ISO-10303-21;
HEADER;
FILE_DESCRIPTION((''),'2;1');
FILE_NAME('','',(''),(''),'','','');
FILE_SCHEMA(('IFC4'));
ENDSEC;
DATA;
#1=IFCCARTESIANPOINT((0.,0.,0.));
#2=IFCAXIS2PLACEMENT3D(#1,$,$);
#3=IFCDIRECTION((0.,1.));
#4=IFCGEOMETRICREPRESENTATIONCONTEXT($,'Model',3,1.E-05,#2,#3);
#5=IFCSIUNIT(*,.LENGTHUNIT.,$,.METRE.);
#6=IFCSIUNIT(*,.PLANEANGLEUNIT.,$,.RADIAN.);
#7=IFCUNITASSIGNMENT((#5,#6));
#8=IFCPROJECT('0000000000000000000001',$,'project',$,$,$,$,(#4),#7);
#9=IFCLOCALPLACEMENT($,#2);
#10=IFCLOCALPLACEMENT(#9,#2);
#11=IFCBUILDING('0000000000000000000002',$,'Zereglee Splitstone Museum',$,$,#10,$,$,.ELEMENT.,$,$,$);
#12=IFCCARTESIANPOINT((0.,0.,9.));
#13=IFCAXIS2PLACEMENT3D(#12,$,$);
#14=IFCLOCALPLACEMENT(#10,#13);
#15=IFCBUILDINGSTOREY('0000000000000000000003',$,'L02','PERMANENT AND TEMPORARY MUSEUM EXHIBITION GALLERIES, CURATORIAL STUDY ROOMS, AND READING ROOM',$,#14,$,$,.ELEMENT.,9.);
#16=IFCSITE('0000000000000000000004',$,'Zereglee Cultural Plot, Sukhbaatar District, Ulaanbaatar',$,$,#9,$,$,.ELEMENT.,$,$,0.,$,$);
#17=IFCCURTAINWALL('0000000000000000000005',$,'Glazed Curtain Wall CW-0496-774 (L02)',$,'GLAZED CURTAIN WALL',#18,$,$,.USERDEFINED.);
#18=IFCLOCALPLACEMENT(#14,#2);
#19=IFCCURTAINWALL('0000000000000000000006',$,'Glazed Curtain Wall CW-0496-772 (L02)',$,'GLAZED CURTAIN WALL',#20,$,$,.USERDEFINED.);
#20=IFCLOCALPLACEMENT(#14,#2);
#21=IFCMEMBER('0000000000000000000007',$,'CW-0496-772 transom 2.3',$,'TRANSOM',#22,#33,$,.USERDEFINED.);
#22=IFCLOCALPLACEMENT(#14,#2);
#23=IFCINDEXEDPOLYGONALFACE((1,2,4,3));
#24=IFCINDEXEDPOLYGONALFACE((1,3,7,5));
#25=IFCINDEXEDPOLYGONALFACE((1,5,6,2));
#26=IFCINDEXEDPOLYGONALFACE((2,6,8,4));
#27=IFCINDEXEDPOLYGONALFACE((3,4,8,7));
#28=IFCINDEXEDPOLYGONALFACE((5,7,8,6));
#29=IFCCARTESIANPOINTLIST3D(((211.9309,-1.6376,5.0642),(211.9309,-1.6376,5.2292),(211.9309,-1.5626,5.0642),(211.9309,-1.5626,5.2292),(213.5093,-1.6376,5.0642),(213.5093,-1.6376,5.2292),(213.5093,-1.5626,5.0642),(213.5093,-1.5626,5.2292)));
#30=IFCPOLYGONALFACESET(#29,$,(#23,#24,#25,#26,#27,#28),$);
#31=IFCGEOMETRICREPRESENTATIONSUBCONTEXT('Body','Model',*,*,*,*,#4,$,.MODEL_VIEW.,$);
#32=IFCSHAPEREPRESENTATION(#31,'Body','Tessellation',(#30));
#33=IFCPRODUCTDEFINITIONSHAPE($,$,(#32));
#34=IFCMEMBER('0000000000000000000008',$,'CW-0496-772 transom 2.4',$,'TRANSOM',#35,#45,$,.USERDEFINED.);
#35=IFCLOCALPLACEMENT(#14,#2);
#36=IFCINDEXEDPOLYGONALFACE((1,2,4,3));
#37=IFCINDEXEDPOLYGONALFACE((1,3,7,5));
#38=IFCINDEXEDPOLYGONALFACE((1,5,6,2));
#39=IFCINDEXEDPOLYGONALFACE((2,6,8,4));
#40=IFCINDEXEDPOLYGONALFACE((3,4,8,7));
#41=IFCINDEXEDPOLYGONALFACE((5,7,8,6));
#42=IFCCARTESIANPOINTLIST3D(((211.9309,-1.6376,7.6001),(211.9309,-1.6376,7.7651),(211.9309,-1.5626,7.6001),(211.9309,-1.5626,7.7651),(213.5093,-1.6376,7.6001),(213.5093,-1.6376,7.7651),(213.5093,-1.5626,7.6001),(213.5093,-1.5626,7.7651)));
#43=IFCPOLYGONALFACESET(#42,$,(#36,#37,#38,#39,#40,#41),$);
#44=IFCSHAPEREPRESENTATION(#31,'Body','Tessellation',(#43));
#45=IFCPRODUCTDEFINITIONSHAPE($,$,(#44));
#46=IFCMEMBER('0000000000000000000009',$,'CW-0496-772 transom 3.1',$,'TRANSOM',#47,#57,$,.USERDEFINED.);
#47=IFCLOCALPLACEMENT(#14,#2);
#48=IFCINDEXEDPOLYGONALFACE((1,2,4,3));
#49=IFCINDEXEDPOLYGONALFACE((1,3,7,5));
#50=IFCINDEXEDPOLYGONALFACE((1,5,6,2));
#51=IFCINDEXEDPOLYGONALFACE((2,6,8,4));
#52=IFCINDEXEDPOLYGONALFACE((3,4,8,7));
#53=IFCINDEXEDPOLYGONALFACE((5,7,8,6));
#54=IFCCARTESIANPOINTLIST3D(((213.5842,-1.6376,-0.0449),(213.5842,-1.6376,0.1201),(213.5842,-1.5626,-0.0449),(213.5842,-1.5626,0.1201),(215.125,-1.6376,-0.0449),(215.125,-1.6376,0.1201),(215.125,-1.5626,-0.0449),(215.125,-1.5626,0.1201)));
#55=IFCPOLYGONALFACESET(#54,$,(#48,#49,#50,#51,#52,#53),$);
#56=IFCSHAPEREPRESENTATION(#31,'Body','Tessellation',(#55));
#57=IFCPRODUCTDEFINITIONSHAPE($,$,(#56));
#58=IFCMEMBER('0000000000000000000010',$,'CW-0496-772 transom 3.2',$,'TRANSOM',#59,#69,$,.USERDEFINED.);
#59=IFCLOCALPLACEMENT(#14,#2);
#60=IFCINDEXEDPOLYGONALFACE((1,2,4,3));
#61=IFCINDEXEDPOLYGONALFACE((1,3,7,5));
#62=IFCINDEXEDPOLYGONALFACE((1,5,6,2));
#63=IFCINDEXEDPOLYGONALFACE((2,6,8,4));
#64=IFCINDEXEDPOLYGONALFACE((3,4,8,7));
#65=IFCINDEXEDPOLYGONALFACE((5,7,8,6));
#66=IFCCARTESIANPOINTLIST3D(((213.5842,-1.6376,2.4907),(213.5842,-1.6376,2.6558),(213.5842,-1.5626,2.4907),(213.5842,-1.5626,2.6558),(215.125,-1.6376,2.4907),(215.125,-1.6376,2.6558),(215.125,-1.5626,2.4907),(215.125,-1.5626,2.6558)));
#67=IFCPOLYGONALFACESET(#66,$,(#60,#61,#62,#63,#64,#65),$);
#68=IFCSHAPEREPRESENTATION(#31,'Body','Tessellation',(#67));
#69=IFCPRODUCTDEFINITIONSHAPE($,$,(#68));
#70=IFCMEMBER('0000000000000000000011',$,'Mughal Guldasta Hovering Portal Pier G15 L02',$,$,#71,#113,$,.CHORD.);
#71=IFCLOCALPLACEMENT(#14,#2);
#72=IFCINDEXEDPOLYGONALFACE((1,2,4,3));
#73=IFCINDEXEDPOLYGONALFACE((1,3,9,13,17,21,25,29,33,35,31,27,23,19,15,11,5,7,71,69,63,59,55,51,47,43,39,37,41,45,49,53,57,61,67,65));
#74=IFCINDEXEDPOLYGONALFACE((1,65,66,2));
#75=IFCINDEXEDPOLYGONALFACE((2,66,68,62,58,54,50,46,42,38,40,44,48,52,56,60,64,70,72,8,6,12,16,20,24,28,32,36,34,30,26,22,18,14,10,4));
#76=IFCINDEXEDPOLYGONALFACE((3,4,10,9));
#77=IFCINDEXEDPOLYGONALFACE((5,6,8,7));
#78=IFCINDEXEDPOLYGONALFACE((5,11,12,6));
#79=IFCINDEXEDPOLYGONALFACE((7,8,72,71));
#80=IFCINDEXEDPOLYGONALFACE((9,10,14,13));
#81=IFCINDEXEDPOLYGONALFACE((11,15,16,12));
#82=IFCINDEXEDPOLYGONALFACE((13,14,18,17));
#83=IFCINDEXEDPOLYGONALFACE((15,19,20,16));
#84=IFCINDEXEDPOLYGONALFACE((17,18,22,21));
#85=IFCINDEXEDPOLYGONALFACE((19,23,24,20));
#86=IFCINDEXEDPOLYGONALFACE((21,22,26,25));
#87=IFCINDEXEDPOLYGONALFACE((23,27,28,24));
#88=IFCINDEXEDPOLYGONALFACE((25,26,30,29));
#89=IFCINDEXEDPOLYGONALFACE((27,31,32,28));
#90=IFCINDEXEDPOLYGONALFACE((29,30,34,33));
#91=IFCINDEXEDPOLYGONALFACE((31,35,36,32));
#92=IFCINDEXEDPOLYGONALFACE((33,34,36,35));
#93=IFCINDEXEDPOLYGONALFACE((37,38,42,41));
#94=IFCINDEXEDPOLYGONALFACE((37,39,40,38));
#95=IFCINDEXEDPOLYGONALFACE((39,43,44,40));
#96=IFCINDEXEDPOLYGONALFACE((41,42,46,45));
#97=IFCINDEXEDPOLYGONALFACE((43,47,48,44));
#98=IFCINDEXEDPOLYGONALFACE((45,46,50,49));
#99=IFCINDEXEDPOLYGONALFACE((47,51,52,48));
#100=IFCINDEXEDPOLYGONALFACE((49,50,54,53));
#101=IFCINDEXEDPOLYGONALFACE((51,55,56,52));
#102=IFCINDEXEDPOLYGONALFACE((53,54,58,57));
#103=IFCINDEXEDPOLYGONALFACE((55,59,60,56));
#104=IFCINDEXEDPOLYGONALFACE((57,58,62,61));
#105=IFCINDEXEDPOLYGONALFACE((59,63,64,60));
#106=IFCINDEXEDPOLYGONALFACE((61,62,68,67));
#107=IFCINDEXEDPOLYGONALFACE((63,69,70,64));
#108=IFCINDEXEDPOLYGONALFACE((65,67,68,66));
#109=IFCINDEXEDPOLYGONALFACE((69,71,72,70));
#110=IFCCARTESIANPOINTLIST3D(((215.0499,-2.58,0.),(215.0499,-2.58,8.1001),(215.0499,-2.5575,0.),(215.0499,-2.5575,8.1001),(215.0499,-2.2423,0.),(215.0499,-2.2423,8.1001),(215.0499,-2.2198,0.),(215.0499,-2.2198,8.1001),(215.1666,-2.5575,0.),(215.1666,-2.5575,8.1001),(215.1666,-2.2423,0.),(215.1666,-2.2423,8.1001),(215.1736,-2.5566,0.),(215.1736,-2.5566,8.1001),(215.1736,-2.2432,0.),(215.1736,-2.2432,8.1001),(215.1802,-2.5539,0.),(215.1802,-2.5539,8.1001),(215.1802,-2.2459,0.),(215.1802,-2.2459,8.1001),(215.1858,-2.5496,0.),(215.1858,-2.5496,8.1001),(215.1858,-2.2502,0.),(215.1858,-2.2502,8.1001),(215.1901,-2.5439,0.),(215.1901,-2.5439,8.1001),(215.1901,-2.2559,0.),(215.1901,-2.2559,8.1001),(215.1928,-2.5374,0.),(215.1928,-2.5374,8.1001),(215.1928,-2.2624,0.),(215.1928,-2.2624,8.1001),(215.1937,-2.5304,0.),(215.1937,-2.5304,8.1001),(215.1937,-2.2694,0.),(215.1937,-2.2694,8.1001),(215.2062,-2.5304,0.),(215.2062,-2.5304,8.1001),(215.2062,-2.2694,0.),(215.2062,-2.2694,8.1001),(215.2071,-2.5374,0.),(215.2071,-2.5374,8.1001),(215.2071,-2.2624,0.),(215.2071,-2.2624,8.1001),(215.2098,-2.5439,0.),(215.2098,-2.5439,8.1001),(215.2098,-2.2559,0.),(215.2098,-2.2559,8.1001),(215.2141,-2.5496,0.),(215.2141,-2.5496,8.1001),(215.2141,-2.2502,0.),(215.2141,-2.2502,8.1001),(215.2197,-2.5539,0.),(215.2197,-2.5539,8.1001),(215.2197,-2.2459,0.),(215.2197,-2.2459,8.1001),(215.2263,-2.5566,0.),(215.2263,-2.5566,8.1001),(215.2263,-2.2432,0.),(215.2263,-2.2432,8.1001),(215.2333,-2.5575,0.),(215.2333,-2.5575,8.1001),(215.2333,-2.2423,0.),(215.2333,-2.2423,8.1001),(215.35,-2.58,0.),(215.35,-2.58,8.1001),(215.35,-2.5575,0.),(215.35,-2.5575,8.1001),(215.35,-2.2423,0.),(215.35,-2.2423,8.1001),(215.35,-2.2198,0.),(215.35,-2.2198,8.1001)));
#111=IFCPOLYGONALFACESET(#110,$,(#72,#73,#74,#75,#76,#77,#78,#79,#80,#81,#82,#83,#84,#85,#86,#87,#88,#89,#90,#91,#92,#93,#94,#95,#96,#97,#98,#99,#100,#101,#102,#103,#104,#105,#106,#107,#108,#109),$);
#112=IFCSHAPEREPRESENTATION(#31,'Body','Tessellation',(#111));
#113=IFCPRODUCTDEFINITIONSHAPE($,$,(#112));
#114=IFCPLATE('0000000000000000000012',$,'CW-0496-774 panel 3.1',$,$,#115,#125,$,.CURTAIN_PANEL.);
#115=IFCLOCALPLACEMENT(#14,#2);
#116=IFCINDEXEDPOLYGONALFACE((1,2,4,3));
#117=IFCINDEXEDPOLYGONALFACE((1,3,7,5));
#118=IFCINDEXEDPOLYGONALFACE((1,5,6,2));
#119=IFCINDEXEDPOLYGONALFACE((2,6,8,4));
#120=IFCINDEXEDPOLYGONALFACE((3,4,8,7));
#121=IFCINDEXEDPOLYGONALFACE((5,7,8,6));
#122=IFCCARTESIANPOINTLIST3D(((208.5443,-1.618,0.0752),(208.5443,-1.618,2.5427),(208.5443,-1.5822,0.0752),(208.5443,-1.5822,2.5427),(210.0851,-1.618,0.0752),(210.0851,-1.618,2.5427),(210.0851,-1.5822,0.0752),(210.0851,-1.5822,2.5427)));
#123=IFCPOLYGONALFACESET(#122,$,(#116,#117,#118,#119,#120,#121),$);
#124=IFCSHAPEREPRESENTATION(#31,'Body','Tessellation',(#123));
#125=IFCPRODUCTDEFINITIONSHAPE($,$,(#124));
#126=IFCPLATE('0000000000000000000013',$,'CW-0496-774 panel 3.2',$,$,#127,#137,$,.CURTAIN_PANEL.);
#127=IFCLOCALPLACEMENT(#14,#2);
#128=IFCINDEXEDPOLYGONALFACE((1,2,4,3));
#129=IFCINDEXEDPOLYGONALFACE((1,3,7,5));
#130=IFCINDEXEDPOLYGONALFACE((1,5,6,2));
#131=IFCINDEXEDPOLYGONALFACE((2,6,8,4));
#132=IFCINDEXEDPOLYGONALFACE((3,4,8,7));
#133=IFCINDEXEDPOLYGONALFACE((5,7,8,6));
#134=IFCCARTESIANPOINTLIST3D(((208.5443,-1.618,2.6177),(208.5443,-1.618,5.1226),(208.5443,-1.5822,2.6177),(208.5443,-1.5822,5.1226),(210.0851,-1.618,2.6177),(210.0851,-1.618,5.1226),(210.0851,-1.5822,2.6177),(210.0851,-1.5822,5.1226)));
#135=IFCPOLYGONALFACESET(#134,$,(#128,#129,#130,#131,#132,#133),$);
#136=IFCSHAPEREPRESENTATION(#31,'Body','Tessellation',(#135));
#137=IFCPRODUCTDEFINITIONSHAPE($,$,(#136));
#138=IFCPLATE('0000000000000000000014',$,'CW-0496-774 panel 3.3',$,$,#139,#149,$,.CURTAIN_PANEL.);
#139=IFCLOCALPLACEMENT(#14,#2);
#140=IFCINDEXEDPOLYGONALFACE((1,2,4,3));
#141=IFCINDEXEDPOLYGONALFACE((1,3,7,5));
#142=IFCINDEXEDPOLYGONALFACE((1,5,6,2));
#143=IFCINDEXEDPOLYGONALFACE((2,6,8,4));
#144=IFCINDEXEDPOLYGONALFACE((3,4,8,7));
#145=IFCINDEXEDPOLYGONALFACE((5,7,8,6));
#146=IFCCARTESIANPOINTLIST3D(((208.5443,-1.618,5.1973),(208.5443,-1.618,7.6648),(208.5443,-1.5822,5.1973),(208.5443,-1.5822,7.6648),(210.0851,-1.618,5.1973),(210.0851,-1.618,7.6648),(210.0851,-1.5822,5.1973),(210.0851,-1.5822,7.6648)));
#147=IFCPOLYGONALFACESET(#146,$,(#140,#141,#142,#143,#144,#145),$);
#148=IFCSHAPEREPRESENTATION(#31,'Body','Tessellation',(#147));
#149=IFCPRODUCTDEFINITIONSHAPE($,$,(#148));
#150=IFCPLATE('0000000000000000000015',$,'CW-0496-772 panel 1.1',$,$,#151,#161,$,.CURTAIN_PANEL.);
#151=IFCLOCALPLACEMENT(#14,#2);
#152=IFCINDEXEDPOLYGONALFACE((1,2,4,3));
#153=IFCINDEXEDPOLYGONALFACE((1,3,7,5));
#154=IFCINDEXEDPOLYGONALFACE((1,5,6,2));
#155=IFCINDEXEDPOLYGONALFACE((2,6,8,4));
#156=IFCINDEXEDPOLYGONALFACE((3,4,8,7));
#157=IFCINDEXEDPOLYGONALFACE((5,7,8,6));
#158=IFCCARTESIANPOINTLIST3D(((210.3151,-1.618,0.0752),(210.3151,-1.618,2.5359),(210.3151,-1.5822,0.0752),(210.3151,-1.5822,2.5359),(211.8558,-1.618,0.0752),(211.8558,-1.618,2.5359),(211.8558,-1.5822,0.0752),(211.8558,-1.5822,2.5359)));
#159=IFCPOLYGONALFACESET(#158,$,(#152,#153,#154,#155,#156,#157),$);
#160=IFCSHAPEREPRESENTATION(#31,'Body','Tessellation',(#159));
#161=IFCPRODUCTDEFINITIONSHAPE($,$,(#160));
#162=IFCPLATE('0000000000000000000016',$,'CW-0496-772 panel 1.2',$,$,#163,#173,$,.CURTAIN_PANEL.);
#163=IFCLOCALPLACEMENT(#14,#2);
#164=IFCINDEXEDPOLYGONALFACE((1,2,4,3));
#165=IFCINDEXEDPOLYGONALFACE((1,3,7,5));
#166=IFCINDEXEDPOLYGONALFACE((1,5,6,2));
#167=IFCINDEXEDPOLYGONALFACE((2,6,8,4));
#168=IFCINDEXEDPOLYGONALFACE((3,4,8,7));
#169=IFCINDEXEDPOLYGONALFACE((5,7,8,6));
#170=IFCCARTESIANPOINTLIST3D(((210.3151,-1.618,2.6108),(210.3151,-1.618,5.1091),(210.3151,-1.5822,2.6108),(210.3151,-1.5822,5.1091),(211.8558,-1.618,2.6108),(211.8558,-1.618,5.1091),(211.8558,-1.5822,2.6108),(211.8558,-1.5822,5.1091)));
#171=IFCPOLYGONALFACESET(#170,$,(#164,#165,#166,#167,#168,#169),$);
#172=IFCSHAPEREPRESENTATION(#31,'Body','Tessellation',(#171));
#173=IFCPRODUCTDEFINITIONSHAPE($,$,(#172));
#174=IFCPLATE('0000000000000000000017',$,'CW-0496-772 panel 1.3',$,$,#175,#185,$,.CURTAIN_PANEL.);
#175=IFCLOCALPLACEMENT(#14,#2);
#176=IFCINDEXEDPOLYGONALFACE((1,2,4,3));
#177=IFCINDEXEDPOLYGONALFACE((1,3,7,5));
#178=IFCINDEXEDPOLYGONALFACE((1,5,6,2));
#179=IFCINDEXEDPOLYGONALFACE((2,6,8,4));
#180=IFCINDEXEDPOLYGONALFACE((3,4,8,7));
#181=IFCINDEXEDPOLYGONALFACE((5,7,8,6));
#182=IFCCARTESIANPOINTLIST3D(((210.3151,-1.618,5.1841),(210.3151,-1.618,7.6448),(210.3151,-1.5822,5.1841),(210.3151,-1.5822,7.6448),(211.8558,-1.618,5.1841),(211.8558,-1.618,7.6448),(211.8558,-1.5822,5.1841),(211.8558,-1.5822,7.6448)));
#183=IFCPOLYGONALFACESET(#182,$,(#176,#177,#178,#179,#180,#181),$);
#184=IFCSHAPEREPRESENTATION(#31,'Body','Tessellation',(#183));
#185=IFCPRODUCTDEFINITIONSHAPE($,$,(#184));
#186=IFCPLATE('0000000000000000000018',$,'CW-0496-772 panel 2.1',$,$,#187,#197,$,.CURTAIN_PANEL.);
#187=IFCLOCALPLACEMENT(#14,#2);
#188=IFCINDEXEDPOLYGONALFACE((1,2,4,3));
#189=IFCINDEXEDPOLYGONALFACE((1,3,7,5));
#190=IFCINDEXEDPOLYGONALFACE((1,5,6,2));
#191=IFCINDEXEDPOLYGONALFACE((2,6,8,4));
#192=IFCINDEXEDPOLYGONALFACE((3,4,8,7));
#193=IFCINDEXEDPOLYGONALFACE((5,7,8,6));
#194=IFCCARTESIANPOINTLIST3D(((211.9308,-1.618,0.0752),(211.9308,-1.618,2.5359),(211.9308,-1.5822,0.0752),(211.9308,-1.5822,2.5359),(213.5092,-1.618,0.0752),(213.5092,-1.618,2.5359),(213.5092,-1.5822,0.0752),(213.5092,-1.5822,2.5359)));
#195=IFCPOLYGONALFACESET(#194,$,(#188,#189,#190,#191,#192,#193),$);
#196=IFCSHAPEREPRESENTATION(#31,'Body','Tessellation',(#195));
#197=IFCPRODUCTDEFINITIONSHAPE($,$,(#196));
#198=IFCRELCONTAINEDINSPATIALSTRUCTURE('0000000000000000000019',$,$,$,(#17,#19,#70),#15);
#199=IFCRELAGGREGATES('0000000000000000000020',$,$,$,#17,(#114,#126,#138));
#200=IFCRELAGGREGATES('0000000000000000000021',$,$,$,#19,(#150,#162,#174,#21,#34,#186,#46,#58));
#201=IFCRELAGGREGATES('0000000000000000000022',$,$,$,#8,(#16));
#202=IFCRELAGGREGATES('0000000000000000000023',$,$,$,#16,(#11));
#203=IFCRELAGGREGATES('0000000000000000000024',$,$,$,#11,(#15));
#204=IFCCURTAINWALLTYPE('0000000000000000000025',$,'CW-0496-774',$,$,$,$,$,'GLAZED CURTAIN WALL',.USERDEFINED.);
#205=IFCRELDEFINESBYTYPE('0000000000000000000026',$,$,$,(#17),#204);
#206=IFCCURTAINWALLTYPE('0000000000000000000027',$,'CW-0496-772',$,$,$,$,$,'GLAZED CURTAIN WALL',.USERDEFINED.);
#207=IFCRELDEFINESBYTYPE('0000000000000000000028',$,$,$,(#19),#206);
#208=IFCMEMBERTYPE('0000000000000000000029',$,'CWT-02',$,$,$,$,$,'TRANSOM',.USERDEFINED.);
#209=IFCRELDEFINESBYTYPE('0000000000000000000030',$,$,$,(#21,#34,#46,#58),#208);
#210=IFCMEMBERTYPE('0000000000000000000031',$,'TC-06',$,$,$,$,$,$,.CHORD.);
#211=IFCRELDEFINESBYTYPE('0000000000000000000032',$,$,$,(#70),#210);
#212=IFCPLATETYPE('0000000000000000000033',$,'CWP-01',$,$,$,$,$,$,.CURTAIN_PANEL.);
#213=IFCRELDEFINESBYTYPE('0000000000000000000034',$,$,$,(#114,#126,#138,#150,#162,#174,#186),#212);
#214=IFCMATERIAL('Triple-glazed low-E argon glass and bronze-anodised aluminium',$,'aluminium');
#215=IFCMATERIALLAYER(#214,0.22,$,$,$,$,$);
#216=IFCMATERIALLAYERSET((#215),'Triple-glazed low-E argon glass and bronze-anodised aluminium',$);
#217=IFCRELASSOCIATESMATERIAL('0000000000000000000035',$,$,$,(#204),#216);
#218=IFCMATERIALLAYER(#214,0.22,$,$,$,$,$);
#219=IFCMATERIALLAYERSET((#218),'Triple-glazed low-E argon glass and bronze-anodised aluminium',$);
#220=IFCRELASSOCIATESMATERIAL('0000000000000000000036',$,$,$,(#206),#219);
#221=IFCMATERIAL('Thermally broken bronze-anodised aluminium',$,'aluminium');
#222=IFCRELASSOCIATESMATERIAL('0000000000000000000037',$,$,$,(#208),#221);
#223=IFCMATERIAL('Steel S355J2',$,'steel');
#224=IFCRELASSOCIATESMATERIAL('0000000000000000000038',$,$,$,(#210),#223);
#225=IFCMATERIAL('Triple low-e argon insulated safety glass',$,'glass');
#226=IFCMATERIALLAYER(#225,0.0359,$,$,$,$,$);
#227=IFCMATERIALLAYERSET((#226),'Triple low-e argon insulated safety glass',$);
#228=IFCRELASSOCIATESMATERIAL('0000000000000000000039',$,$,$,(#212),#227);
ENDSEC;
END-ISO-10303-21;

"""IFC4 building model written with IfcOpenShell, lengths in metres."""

from ifc_helpers import new_model, si_unit, direction, frame, origin, origin_2d, place, context, subcontext, project, spatial, rectangle, i_section, extrude, material, layer, layer_set, material_profile, profile_set, type_object, element, aggregate, save


model = new_model("IFC4")

# Units and contexts
model_context = context("Model", 3, precision=1e-05, world=origin(), true_north=direction((0.0, 1.0)))
body_context = subcontext(model_context, "Body", "Model", "MODEL_VIEW")
ifc_project = project(units=[si_unit("LENGTHUNIT", "METRE"), si_unit("PLANEANGLEUNIT", "RADIAN")], contexts=[model_context])

# Site, building, storey
site_placement = place(None, origin())
site = spatial("IfcSite", under=ifc_project, at=site_placement, Name="Zereglee Cultural Plot, Sukhbaatar District, Ulaanbaatar", CompositionType="ELEMENT", RefElevation=0.0)
building_placement = place(site_placement, origin())
building = spatial("IfcBuilding", under=site, at=building_placement, Name="Zereglee Splitstone Museum", CompositionType="ELEMENT")
storey_placement = place(building_placement, frame((0.0, 0.0, 9.0)))
storey = spatial("IfcBuildingStorey", under=building, at=storey_placement, Name="L02", Description="PERMANENT AND TEMPORARY MUSEUM EXHIBITION GALLERIES, CURATORIAL STUDY ROOMS, AND READING ROOM", CompositionType="ELEMENT", Elevation=9.0)

# Curtain walls
ifc_material_1 = material(Name="Triple-glazed low-E argon glass and bronze-anodised aluminium", Category="aluminium")
ifc_layer_1 = layer(ifc_material_1, 0.22)
ifc_layer_set_1 = layer_set([ifc_layer_1], Name="Triple-glazed low-E argon glass and bronze-anodised aluminium")
curtain_wall_type_1 = type_object("IfcCurtainWallType", Name="CW-0496-774", ElementType="GLAZED CURTAIN WALL", PredefinedType="USERDEFINED", material=ifc_layer_set_1)
curtain_wall_1_placement = place(storey_placement, origin())
curtain_wall_1 = element("IfcCurtainWall", 1, at=curtain_wall_1_placement, inside=storey, type_object=curtain_wall_type_1, Name="Glazed Curtain Wall CW-0496-774 (L02)", ObjectType="GLAZED CURTAIN WALL", PredefinedType="USERDEFINED")
ifc_material_2 = material(Name="Thermally broken bronze-anodised aluminium", Category="aluminium")
ifc_layer_2 = layer(ifc_material_1, 0.22)
ifc_layer_set_2 = layer_set([ifc_layer_2], Name="Triple-glazed low-E argon glass and bronze-anodised aluminium")
curtain_wall_type_2 = type_object("IfcCurtainWallType", Name="CW-0496-772", ElementType="GLAZED CURTAIN WALL", PredefinedType="USERDEFINED", material=ifc_layer_set_2)
curtain_wall_2_placement = place(storey_placement, origin())
curtain_wall_2 = element("IfcCurtainWall", 2, at=curtain_wall_2_placement, inside=storey, type_object=curtain_wall_type_2, Name="Glazed Curtain Wall CW-0496-772 (L02)", ObjectType="GLAZED CURTAIN WALL", PredefinedType="USERDEFINED")

# Members
ifc_material_profile_1 = material_profile(ifc_material_2, rectangle(XDim=0.075, YDim=0.165, at=origin_2d()), Name="CW TRAN 75x165")
ifc_profile_set_1 = profile_set([ifc_material_profile_1], Name="Thermally broken bronze-anodised aluminium")
member_type_1 = type_object("IfcMemberType", Name="CWT-02", ElementType="TRANSOM", PredefinedType="USERDEFINED", material=ifc_profile_set_1)
member_1_placement = place(storey_placement, frame((211.9309, -1.6001, 5.1467), z_axis=(1.0, 0.0, 0.0), x_axis=(0.0, 1.0, 0.0)))
member_1 = element("IfcMember", 3, at=member_1_placement, type_object=member_type_1, Name="CW-0496-772 transom 2.3", ObjectType="TRANSOM", PredefinedType="USERDEFINED", context=body_context, shape_type="SweptSolid", body=[
    extrude(rectangle(XDim=0.075, YDim=0.165, at=origin_2d()), origin(), (0.0, 0.0, 1.0), 1.5784),
])
member_2_placement = place(storey_placement, frame((211.9309, -1.6001, 7.6826), z_axis=(1.0, 0.0, 0.0), x_axis=(0.0, 1.0, 0.0)))
member_2 = element("IfcMember", 4, at=member_2_placement, type_object=member_type_1, Name="CW-0496-772 transom 2.4", ObjectType="TRANSOM", PredefinedType="USERDEFINED", context=body_context, shape_type="SweptSolid", body=[
    extrude(rectangle(XDim=0.075, YDim=0.165, at=origin_2d()), origin(), (0.0, 0.0, 1.0), 1.5784),
])
member_3_placement = place(storey_placement, frame((213.5842, -1.6001, 0.0376), z_axis=(1.0, 0.0, 0.0), x_axis=(0.0, 1.0, 0.0)))
member_3 = element("IfcMember", 5, at=member_3_placement, type_object=member_type_1, Name="CW-0496-772 transom 3.1", ObjectType="TRANSOM", PredefinedType="USERDEFINED", context=body_context, shape_type="SweptSolid", body=[
    extrude(rectangle(XDim=0.075, YDim=0.165, at=origin_2d()), origin(), (0.0, 0.0, 1.0), 1.5408),
])
member_4_placement = place(storey_placement, frame((213.5842, -1.6001, 2.5732), z_axis=(1.0, 0.0, 0.0), x_axis=(0.0, 1.0, 0.0)))
member_4 = element("IfcMember", 6, at=member_4_placement, type_object=member_type_1, Name="CW-0496-772 transom 3.2", ObjectType="TRANSOM", PredefinedType="USERDEFINED", context=body_context, shape_type="SweptSolid", body=[
    extrude(rectangle(XDim=0.075, YDim=0.165, at=origin_2d()), origin(), (0.0, 0.0, 1.0), 1.5408),
])
ifc_material_3 = material(Name="Steel S355J2", Category="steel")
ifc_material_profile_2 = material_profile(ifc_material_3, i_section(OverallWidth=0.3, OverallDepth=0.3601, WebThickness=0.0125, FlangeThickness=0.0225, FilletRadius=0.0271, at=origin_2d()), Name="HE 360 B")
ifc_profile_set_2 = profile_set([ifc_material_profile_2], Name="Steel S355J2")
member_type_2 = type_object("IfcMemberType", Name="TC-06", PredefinedType="CHORD", material=ifc_profile_set_2)
member_5_placement = place(storey_placement, frame((215.2, -2.3999, 0.0), z_axis=(0.0, 0.0, 1.0), x_axis=(1.0, 0.0, 0.0)))
element("IfcMember", 7, at=member_5_placement, inside=storey, type_object=member_type_2, Name="Mughal Guldasta Hovering Portal Pier G15 L02", PredefinedType="CHORD", context=body_context, shape_type="SweptSolid", body=[
    extrude(i_section(OverallWidth=0.3, OverallDepth=0.3601, WebThickness=0.0125, FlangeThickness=0.0225, FilletRadius=0.0271, at=origin_2d()), origin(), (0.0, 0.0, 1.0), 8.1001),
])

# Plates
ifc_material_4 = material(Name="Triple low-e argon insulated safety glass", Category="glass")
ifc_layer_3 = layer(ifc_material_4, 0.0359)
ifc_layer_set_3 = layer_set([ifc_layer_3], Name="Triple low-e argon insulated safety glass")
plate_type = type_object("IfcPlateType", Name="CWP-01", PredefinedType="CURTAIN_PANEL", material=ifc_layer_set_3)
plate_1_placement = place(storey_placement, frame((209.3147, -1.6001, 0.0752), z_axis=(0.0, 0.0, 1.0), x_axis=(1.0, 0.0, 0.0)))
plate_1 = element("IfcPlate", 8, at=plate_1_placement, type_object=plate_type, Name="CW-0496-774 panel 3.1", PredefinedType="CURTAIN_PANEL", context=body_context, shape_type="SweptSolid", body=[
    extrude(rectangle(XDim=1.5408, YDim=0.0359, at=origin_2d()), origin(), (0.0, 0.0, 1.0), 2.4675),
])
plate_2_placement = place(storey_placement, frame((209.3147, -1.6001, 2.6177), z_axis=(0.0, 0.0, 1.0), x_axis=(1.0, 0.0, 0.0)))
plate_2 = element("IfcPlate", 9, at=plate_2_placement, type_object=plate_type, Name="CW-0496-774 panel 3.2", PredefinedType="CURTAIN_PANEL", context=body_context, shape_type="SweptSolid", body=[
    extrude(rectangle(XDim=1.5408, YDim=0.0359, at=origin_2d()), origin(), (0.0, 0.0, 1.0), 2.5049),
])
plate_3_placement = place(storey_placement, frame((209.3147, -1.6001, 5.1973), z_axis=(0.0, 0.0, 1.0), x_axis=(1.0, 0.0, 0.0)))
plate_3 = element("IfcPlate", 10, at=plate_3_placement, type_object=plate_type, Name="CW-0496-774 panel 3.3", PredefinedType="CURTAIN_PANEL", context=body_context, shape_type="SweptSolid", body=[
    extrude(rectangle(XDim=1.5408, YDim=0.0359, at=origin_2d()), origin(), (0.0, 0.0, 1.0), 2.4675),
])
aggregate(curtain_wall_1, [plate_1, plate_2, plate_3])
plate_4_placement = place(storey_placement, frame((211.0854, -1.6001, 0.0752), z_axis=(0.0, 0.0, 1.0), x_axis=(1.0, 0.0, 0.0)))
plate_4 = element("IfcPlate", 11, at=plate_4_placement, type_object=plate_type, Name="CW-0496-772 panel 1.1", PredefinedType="CURTAIN_PANEL", context=body_context, shape_type="SweptSolid", body=[
    extrude(rectangle(XDim=1.5408, YDim=0.0359, at=origin_2d()), origin(), (0.0, 0.0, 1.0), 2.4607),
])
plate_5_placement = place(storey_placement, frame((211.0854, -1.6001, 2.6108), z_axis=(0.0, 0.0, 1.0), x_axis=(1.0, 0.0, 0.0)))
plate_5 = element("IfcPlate", 12, at=plate_5_placement, type_object=plate_type, Name="CW-0496-772 panel 1.2", PredefinedType="CURTAIN_PANEL", context=body_context, shape_type="SweptSolid", body=[
    extrude(rectangle(XDim=1.5408, YDim=0.0359, at=origin_2d()), origin(), (0.0, 0.0, 1.0), 2.4983),
])
plate_6_placement = place(storey_placement, frame((211.0854, -1.6001, 5.1841), z_axis=(0.0, 0.0, 1.0), x_axis=(1.0, 0.0, 0.0)))
plate_6 = element("IfcPlate", 13, at=plate_6_placement, type_object=plate_type, Name="CW-0496-772 panel 1.3", PredefinedType="CURTAIN_PANEL", context=body_context, shape_type="SweptSolid", body=[
    extrude(rectangle(XDim=1.5408, YDim=0.0359, at=origin_2d()), origin(), (0.0, 0.0, 1.0), 2.4607),
])
plate_7_placement = place(storey_placement, frame((212.72, -1.6001, 0.0752), z_axis=(0.0, 0.0, 1.0), x_axis=(1.0, 0.0, 0.0)))
plate_7 = element("IfcPlate", 14, at=plate_7_placement, type_object=plate_type, Name="CW-0496-772 panel 2.1", PredefinedType="CURTAIN_PANEL", context=body_context, shape_type="SweptSolid", body=[
    extrude(rectangle(XDim=1.5784, YDim=0.0359, at=origin_2d()), origin(), (0.0, 0.0, 1.0), 2.4607),
])
aggregate(curtain_wall_2, [plate_4, plate_5, plate_6, member_1, member_2, plate_7, member_3, member_4])

save(model, "model.ifc")
